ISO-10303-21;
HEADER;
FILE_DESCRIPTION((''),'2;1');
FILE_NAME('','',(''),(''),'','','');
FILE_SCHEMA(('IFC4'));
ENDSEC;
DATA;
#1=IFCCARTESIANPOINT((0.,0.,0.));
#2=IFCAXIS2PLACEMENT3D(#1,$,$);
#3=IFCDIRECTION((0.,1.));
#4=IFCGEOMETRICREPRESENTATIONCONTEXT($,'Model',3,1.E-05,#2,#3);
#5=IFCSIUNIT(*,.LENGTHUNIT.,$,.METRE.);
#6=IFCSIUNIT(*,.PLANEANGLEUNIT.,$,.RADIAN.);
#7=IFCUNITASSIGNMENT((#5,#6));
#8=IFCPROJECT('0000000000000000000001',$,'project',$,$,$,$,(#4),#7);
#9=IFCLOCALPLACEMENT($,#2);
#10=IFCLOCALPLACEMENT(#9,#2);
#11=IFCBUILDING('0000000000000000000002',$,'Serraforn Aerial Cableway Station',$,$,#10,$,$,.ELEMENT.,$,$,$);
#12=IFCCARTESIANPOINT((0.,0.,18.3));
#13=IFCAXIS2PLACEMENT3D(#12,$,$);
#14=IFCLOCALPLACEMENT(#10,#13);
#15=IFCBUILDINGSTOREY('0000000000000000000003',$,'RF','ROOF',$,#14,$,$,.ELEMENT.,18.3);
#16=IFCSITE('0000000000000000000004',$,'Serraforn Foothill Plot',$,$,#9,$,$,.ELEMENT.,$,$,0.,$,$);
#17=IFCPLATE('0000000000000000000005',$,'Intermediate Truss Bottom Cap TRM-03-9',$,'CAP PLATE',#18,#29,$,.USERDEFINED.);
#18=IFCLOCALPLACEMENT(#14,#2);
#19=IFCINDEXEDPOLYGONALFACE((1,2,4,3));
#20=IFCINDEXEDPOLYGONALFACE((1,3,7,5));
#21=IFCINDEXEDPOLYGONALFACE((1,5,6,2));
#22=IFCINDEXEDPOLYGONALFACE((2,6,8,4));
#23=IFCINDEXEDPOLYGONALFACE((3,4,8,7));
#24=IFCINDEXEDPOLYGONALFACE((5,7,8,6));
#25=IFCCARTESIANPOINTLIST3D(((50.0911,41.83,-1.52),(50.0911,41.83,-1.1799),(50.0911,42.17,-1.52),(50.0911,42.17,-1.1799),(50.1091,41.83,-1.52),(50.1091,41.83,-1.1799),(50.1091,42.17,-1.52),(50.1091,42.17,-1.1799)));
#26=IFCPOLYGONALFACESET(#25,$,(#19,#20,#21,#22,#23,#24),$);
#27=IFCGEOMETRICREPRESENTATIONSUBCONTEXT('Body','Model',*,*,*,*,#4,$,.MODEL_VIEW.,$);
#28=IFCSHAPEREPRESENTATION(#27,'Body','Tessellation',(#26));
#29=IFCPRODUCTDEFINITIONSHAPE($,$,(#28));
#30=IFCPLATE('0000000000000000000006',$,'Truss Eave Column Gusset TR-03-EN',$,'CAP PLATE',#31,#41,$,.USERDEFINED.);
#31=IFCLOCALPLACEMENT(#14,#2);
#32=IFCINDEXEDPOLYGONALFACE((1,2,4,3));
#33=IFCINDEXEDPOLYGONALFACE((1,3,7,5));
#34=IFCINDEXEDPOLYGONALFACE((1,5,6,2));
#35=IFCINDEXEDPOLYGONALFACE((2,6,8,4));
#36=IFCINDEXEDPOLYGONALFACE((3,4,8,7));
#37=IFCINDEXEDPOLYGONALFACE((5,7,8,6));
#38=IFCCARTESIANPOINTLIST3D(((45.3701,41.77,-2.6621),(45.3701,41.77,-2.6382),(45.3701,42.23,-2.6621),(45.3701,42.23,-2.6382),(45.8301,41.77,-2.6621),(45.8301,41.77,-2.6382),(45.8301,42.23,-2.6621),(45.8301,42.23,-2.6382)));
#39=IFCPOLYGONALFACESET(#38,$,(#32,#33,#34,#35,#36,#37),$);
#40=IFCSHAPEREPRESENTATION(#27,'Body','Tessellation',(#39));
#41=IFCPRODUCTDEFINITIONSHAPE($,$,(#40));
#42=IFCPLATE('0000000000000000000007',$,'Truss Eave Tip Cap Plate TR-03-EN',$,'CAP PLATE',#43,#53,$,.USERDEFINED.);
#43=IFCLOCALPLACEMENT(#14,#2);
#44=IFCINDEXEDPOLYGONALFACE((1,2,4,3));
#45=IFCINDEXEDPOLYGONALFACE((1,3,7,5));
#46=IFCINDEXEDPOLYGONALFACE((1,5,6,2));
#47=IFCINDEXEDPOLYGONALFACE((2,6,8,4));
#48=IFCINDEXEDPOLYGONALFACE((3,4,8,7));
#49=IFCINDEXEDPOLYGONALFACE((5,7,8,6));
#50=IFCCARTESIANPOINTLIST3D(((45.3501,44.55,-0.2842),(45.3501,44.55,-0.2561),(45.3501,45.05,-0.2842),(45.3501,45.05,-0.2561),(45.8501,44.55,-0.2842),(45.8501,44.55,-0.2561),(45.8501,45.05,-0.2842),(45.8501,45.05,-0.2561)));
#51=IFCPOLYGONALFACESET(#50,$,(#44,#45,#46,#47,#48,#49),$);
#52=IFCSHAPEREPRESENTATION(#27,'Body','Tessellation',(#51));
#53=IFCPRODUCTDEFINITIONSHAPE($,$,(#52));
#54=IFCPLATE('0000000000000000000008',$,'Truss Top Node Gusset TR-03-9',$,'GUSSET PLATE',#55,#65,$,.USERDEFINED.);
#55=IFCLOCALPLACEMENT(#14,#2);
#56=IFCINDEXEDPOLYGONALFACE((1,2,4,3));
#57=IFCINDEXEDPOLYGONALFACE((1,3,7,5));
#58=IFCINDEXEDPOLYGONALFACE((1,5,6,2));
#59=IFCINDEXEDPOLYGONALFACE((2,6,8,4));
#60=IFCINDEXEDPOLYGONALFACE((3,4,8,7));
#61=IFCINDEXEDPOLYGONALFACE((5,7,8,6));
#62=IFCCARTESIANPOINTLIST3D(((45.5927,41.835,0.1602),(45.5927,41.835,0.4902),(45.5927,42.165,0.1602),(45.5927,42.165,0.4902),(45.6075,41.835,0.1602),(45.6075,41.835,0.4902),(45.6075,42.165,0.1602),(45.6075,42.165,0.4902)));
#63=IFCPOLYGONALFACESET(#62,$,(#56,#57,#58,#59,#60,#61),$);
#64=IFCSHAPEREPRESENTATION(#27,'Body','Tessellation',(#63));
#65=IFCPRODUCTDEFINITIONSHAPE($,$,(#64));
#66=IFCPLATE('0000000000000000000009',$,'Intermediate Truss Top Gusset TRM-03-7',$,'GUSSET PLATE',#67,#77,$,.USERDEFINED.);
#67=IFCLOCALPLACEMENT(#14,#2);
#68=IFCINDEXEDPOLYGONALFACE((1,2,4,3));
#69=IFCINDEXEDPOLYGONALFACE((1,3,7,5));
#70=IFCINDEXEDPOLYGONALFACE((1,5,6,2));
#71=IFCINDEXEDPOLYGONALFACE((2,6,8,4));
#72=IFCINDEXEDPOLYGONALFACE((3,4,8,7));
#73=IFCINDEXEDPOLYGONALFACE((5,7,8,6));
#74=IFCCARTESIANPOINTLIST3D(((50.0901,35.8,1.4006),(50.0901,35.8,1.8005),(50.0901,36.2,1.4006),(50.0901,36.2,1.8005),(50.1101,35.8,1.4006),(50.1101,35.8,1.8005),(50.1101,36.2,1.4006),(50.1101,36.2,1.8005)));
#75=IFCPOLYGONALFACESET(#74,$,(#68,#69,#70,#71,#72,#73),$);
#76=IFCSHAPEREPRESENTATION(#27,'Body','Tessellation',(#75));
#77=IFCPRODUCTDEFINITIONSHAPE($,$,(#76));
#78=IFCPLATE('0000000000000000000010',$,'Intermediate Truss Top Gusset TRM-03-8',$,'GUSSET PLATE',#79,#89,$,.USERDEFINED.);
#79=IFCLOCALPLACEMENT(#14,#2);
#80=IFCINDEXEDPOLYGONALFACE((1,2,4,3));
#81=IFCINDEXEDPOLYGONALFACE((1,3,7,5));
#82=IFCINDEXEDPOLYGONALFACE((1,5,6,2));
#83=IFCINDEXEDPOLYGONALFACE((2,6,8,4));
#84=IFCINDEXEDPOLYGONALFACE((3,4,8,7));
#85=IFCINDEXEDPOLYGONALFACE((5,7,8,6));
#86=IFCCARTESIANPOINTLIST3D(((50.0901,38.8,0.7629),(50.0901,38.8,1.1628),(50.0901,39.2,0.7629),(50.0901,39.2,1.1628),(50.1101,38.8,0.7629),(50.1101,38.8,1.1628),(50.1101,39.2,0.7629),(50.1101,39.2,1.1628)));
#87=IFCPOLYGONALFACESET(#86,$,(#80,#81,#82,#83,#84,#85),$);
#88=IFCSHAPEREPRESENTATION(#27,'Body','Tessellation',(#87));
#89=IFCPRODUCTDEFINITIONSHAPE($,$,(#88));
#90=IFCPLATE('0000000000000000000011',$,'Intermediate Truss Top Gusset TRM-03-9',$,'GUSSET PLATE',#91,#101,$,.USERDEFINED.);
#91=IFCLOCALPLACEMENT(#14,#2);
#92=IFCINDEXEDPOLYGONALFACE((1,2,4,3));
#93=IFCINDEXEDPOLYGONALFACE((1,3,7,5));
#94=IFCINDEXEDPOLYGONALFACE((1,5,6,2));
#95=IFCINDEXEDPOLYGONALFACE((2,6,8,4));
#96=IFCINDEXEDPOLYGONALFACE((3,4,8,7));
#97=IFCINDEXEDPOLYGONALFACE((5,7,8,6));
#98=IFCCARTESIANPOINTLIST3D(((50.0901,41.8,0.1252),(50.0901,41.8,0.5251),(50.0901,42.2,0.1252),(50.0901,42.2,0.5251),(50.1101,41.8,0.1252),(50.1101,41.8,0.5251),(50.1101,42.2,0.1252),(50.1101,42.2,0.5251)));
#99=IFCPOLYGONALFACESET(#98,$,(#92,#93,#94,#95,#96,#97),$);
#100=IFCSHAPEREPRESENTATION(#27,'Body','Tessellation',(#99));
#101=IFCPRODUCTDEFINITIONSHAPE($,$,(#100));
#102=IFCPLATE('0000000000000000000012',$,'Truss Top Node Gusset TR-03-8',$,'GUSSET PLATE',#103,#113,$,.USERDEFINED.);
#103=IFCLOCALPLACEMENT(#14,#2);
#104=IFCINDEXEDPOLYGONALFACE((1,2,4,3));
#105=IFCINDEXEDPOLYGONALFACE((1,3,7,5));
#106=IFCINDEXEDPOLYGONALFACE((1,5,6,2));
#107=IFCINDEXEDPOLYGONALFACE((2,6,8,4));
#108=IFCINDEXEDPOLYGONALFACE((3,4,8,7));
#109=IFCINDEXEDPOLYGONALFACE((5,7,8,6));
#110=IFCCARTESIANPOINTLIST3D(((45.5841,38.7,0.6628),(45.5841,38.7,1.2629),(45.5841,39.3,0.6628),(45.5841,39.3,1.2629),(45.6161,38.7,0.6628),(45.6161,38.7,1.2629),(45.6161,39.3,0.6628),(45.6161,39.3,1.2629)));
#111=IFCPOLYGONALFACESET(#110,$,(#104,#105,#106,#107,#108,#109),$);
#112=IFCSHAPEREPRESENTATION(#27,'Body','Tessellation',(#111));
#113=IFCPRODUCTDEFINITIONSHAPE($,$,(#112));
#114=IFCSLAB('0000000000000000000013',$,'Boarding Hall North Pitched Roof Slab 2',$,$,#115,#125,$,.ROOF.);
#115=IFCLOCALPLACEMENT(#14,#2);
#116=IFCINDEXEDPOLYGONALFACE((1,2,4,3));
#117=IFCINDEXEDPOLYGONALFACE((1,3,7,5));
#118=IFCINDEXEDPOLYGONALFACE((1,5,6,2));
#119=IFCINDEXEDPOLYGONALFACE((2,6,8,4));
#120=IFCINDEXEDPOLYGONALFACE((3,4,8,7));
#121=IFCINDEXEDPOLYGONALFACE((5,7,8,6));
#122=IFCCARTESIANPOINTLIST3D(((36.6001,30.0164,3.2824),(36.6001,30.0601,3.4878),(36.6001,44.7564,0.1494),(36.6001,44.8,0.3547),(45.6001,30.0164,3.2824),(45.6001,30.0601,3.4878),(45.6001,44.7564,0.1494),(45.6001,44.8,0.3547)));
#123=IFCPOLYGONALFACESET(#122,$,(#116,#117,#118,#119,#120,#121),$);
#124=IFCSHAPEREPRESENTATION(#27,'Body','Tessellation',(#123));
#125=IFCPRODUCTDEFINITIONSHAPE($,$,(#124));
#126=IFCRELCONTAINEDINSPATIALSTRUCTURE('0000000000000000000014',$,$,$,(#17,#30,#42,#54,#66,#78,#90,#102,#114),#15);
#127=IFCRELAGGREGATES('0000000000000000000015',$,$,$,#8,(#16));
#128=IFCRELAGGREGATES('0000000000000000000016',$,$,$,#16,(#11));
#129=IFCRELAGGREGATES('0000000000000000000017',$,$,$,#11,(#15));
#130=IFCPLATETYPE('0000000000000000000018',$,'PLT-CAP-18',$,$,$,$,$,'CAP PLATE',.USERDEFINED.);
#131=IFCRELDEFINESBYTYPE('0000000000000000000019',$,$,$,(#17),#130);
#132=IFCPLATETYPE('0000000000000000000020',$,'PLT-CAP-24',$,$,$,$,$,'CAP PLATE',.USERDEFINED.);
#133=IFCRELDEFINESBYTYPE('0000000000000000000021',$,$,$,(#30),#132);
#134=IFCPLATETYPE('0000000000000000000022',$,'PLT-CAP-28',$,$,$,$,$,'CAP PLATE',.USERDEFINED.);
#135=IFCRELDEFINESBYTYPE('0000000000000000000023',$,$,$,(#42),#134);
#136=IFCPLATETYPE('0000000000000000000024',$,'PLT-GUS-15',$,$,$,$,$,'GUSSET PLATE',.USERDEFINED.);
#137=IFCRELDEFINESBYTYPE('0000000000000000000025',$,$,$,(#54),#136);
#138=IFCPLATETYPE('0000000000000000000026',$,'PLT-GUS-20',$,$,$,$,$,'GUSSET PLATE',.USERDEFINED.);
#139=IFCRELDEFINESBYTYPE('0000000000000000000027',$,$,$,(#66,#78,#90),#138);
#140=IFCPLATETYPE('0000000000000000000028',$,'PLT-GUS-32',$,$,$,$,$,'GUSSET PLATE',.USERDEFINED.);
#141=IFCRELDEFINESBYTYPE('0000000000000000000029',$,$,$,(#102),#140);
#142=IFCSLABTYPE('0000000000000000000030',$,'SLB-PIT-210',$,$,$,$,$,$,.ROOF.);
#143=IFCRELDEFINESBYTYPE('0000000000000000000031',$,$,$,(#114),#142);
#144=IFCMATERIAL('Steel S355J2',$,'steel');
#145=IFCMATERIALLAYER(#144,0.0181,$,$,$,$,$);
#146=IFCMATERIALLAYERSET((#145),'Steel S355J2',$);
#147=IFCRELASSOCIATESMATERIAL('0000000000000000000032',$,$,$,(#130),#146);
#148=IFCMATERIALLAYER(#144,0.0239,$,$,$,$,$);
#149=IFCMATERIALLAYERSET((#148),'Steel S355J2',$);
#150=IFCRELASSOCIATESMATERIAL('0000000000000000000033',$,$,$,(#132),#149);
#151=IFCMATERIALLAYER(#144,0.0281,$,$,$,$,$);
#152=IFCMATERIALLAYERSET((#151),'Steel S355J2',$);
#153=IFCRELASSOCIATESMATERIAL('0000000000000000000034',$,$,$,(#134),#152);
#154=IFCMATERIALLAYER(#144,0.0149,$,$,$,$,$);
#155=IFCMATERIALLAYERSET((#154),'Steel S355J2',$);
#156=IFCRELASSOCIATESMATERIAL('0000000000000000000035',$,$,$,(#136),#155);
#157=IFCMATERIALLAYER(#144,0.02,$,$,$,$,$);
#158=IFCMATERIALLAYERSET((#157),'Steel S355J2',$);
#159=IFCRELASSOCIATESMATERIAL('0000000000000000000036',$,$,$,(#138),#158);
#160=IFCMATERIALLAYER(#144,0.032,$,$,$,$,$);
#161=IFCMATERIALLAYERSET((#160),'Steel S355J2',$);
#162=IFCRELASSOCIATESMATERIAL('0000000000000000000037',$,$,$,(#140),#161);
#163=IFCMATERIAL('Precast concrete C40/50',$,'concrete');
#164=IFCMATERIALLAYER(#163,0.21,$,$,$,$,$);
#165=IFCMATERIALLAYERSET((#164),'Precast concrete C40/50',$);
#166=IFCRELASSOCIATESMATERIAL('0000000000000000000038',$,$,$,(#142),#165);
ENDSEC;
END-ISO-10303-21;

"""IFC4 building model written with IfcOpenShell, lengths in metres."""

from ifc_helpers import new_model, si_unit, direction, frame, origin, origin_2d, place, context, subcontext, project, spatial, polyline, rectangle, outline, extrude, material, layer, layer_set, type_object, element, save


model = new_model("IFC4")

# Units and contexts
model_context = context("Model", 3, precision=1e-05, world=origin(), true_north=direction((0.0, 1.0)))
body_context = subcontext(model_context, "Body", "Model", "MODEL_VIEW")
ifc_project = project(units=[si_unit("LENGTHUNIT", "METRE"), si_unit("PLANEANGLEUNIT", "RADIAN")], contexts=[model_context])

# Site, building, storey
site_placement = place(None, origin())
site = spatial("IfcSite", under=ifc_project, at=site_placement, Name="Serraforn Foothill Plot", CompositionType="ELEMENT", RefElevation=0.0)
building_placement = place(site_placement, origin())
building = spatial("IfcBuilding", under=site, at=building_placement, Name="Serraforn Aerial Cableway Station", CompositionType="ELEMENT")
storey_placement = place(building_placement, frame((0.0, 0.0, 18.3)))
storey = spatial("IfcBuildingStorey", under=building, at=storey_placement, Name="RF", Description="ROOF", CompositionType="ELEMENT", Elevation=18.3)

# Shared definitions
ifc_material_1 = material(Name="Steel S355J2", Category="steel")

# Plates
ifc_layer_1 = layer(ifc_material_1, 0.0181)
ifc_layer_set_1 = layer_set([ifc_layer_1], Name="Steel S355J2")
plate_type_1 = type_object("IfcPlateType", Name="PLT-CAP-18", ElementType="CAP PLATE", PredefinedType="USERDEFINED", material=ifc_layer_set_1)
for number, where, z_axis, x_axis, name in (
    (1, (50.1001, 42.0, -1.52), (0.0, 0.0, 1.0), (1.0, 0.0, 0.0), "Intermediate Truss Bottom Cap TRM-03-9"),
):
    element("IfcPlate", number, at=place(storey_placement, frame(where, z_axis=z_axis, x_axis=x_axis)), inside=storey, type_object=plate_type_1, Name=name, ObjectType="CAP PLATE", PredefinedType="USERDEFINED", context=body_context, shape_type="SweptSolid", body=[
        extrude(rectangle(XDim=0.0181, YDim=0.3401, at=origin_2d()), origin(), (0.0, 0.0, 1.0), 0.3401),
    ])
ifc_layer_2 = layer(ifc_material_1, 0.0239)
ifc_layer_set_2 = layer_set([ifc_layer_2], Name="Steel S355J2")
plate_type_2 = type_object("IfcPlateType", Name="PLT-CAP-24", ElementType="CAP PLATE", PredefinedType="USERDEFINED", material=ifc_layer_set_2)
plate_1_placement = place(storey_placement, frame((45.6001, 42.0, -2.6621), z_axis=(0.0, 0.0, 1.0), x_axis=(1.0, 0.0, 0.0)))
element("IfcPlate", 2, at=plate_1_placement, inside=storey, type_object=plate_type_2, Name="Truss Eave Column Gusset TR-03-EN", ObjectType="CAP PLATE", PredefinedType="USERDEFINED", context=body_context, shape_type="SweptSolid", body=[
    extrude(rectangle(XDim=0.46, YDim=0.46, at=origin_2d()), origin(), (0.0, 0.0, 1.0), 0.0239),
])
ifc_layer_3 = layer(ifc_material_1, 0.0281)
ifc_layer_set_3 = layer_set([ifc_layer_3], Name="Steel S355J2")
plate_type_3 = type_object("IfcPlateType", Name="PLT-CAP-28", ElementType="CAP PLATE", PredefinedType="USERDEFINED", material=ifc_layer_set_3)
plate_2_placement = place(storey_placement, frame((45.6001, 44.8, -0.2842), z_axis=(0.0, 0.0, 1.0), x_axis=(1.0, 0.0, 0.0)))
element("IfcPlate", 3, at=plate_2_placement, inside=storey, type_object=plate_type_3, Name="Truss Eave Tip Cap Plate TR-03-EN", ObjectType="CAP PLATE", PredefinedType="USERDEFINED", context=body_context, shape_type="SweptSolid", body=[
    extrude(rectangle(XDim=0.5, YDim=0.5, at=origin_2d()), origin(), (0.0, 0.0, 1.0), 0.0281),
])
ifc_layer_4 = layer(ifc_material_1, 0.0149)
ifc_layer_set_4 = layer_set([ifc_layer_4], Name="Steel S355J2")
plate_type_4 = type_object("IfcPlateType", Name="PLT-GUS-15", ElementType="GUSSET PLATE", PredefinedType="USERDEFINED", material=ifc_layer_set_4)
plate_3_placement = place(storey_placement, frame((45.6001, 42.0, 0.1602), z_axis=(0.0, 0.0, 1.0), x_axis=(1.0, 0.0, 0.0)))
element("IfcPlate", 4, at=plate_3_placement, inside=storey, type_object=plate_type_4, Name="Truss Top Node Gusset TR-03-9", ObjectType="GUSSET PLATE", PredefinedType="USERDEFINED", context=body_context, shape_type="SweptSolid", body=[
    extrude(rectangle(XDim=0.0149, YDim=0.3301, at=origin_2d()), origin(), (0.0, 0.0, 1.0), 0.3301),
])
ifc_layer_5 = layer(ifc_material_1, 0.02)
ifc_layer_set_5 = layer_set([ifc_layer_5], Name="Steel S355J2")
plate_type_5 = type_object("IfcPlateType", Name="PLT-GUS-20", ElementType="GUSSET PLATE", PredefinedType="USERDEFINED", material=ifc_layer_set_5)
for number, where, z_axis, x_axis, name in (
    (5, (50.1001, 36.0, 1.4006), (0.0, 0.0, 1.0), (1.0, 0.0, 0.0), "Intermediate Truss Top Gusset TRM-03-7"),
    (6, (50.1001, 39.0, 0.7629), (0.0, 0.0, 1.0), (1.0, 0.0, 0.0), "Intermediate Truss Top Gusset TRM-03-8"),
    (7, (50.1001, 42.0, 0.1252), (0.0, 0.0, 1.0), (1.0, 0.0, 0.0), "Intermediate Truss Top Gusset TRM-03-9"),
):
    element("IfcPlate", number, at=place(storey_placement, frame(where, z_axis=z_axis, x_axis=x_axis)), inside=storey, type_object=plate_type_5, Name=name, ObjectType="GUSSET PLATE", PredefinedType="USERDEFINED", context=body_context, shape_type="SweptSolid", body=[
        extrude(rectangle(XDim=0.02, YDim=0.3999, at=origin_2d()), origin(), (0.0, 0.0, 1.0), 0.3999),
    ])
ifc_layer_6 = layer(ifc_material_1, 0.032)
ifc_layer_set_6 = layer_set([ifc_layer_6], Name="Steel S355J2")
plate_type_6 = type_object("IfcPlateType", Name="PLT-GUS-32", ElementType="GUSSET PLATE", PredefinedType="USERDEFINED", material=ifc_layer_set_6)
plate_4_placement = place(storey_placement, frame((45.6001, 39.0, 0.6628), z_axis=(0.0, 0.0, 1.0), x_axis=(1.0, 0.0, 0.0)))
element("IfcPlate", 8, at=plate_4_placement, inside=storey, type_object=plate_type_6, Name="Truss Top Node Gusset TR-03-8", ObjectType="GUSSET PLATE", PredefinedType="USERDEFINED", context=body_context, shape_type="SweptSolid", body=[
    extrude(rectangle(XDim=0.032, YDim=0.6001, at=origin_2d()), origin(), (0.0, 0.0, 1.0), 0.6001),
])

# Slab
ifc_material_2 = material(Name="Precast concrete C40/50", Category="concrete")
ifc_layer_7 = layer(ifc_material_2, 0.21)
ifc_layer_set_7 = layer_set([ifc_layer_7], Name="Precast concrete C40/50")
slab_type = type_object("IfcSlabType", Name="SLB-PIT-210", PredefinedType="ROOF", material=ifc_layer_set_7)
slab_placement = place(storey_placement, frame((45.6001, 44.8, 0.3547), z_axis=(0.0, 0.20791, 0.978148), x_axis=(-1.0, 0.0, 0.0)))
element("IfcSlab", 9, at=slab_placement, inside=storey, type_object=slab_type, Name="Boarding Hall North Pitched Roof Slab 2", PredefinedType="ROOF", context=body_context, shape_type="SweptSolid", body=[
    extrude(outline(polyline([(0.0, 0.0), (9.0, 0.0), (9.0, 15.0693), (0.0, 15.0693), (0.0, 0.0)])), origin(), (0.0, 0.0, -1.0), 0.21),
])

save(model, "model.ifc")
